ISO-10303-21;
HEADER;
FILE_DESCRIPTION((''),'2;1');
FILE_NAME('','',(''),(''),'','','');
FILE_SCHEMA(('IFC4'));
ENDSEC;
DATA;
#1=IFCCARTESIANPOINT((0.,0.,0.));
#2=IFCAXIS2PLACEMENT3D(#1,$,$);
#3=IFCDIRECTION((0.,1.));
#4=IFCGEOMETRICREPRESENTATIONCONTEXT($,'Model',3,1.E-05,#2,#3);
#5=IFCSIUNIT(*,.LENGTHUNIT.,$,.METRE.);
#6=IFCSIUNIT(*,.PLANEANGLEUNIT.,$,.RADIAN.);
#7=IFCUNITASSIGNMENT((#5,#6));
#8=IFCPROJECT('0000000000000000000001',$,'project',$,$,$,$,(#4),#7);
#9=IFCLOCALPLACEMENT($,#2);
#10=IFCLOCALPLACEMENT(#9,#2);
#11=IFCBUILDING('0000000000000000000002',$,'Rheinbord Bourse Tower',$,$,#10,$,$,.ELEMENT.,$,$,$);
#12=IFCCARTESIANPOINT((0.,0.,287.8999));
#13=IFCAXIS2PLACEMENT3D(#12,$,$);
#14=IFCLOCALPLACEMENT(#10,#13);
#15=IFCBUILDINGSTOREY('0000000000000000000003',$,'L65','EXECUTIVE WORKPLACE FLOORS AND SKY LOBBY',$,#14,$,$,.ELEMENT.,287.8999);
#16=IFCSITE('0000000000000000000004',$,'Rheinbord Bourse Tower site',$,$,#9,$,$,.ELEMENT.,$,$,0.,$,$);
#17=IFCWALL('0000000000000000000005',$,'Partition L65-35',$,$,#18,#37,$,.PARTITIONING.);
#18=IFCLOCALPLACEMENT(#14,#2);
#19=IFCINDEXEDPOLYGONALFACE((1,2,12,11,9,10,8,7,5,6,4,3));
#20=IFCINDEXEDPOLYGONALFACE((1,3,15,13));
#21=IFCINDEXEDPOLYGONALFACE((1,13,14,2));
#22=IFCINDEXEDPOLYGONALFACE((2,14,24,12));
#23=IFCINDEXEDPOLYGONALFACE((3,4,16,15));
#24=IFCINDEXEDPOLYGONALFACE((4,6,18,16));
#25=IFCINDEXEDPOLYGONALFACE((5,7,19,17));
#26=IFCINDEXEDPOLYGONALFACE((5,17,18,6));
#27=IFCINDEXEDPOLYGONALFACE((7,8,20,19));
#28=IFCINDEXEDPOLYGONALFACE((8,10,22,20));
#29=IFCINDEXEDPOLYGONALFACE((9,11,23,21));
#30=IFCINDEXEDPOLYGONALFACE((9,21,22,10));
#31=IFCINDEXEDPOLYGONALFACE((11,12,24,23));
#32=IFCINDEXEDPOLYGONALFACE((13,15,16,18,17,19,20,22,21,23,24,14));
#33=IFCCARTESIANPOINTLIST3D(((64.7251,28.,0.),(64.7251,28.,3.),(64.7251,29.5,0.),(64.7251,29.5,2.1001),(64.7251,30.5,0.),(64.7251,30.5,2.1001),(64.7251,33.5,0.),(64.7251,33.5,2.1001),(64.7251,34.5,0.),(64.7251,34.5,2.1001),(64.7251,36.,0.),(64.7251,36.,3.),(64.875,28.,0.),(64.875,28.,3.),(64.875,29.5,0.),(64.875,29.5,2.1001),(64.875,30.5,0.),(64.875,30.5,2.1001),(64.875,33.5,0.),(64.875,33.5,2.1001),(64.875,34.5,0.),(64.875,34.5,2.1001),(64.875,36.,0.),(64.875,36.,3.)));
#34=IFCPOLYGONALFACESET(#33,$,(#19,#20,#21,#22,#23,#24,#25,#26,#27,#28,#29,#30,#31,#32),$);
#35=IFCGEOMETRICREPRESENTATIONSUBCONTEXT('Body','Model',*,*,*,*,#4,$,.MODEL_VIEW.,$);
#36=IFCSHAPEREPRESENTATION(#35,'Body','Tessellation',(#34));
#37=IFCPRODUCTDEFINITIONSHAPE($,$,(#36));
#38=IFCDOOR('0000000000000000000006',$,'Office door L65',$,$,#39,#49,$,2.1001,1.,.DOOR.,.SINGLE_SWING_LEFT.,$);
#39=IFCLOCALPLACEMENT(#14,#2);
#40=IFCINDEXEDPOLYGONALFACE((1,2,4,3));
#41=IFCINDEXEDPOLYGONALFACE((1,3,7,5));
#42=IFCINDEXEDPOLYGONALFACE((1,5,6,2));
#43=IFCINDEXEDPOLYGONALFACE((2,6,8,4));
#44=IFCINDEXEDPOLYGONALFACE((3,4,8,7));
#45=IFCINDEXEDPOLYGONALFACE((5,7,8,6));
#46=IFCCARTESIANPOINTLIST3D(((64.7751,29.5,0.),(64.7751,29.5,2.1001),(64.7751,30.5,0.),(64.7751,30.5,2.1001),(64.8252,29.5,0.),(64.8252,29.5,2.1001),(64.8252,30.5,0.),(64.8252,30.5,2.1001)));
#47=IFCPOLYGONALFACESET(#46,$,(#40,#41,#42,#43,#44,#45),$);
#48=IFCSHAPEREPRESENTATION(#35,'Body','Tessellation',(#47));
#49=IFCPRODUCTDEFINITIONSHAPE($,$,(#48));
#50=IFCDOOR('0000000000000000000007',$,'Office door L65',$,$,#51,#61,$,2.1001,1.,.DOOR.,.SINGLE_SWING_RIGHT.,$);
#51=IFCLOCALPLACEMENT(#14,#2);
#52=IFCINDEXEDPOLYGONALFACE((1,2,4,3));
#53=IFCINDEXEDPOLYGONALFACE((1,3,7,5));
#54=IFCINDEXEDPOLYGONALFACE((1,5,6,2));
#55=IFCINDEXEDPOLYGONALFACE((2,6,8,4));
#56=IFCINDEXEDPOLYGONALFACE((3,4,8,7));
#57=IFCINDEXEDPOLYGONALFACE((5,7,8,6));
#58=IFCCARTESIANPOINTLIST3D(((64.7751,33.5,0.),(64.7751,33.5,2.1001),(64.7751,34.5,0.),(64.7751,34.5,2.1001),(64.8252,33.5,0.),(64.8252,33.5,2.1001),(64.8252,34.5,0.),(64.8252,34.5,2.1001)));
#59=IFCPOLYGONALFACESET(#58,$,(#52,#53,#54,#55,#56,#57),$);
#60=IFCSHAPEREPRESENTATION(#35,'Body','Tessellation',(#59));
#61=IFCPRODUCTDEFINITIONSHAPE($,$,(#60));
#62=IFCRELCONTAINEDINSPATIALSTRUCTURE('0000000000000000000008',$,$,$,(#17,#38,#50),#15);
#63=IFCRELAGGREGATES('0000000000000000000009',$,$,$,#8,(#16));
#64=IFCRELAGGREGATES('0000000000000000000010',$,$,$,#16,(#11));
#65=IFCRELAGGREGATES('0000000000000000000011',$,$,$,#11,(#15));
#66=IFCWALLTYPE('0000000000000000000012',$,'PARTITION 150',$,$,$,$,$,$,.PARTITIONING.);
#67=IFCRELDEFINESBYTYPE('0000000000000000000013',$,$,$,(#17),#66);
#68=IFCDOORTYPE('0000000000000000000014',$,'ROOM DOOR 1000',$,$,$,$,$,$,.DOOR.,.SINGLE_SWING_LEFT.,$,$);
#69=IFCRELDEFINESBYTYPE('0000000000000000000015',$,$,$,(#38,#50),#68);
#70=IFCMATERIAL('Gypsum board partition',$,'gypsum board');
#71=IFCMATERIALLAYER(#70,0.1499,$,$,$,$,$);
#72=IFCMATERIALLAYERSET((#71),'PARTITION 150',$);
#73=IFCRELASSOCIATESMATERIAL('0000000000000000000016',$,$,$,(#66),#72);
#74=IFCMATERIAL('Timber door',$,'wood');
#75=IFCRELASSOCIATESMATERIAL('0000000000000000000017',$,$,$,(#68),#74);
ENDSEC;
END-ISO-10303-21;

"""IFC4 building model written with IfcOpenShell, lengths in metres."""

from ifc_helpers import new_model, si_unit, direction, frame, frame_2d, origin, place, context, subcontext, project, spatial, rectangle, extrude, material, layer, layer_set, type_object, element, fill, save


model = new_model("IFC4")

# Units and contexts
model_context = context("Model", 3, precision=1e-05, world=origin(), true_north=direction((0.0, 1.0)))
body_context = subcontext(model_context, "Body", "Model", "MODEL_VIEW")
ifc_project = project(units=[si_unit("LENGTHUNIT", "METRE"), si_unit("PLANEANGLEUNIT", "RADIAN")], contexts=[model_context])

# Site, building, storey
site_placement = place(None, origin())
site = spatial("IfcSite", under=ifc_project, at=site_placement, Name="Rheinbord Bourse Tower site", CompositionType="ELEMENT", RefElevation=0.0)
building_placement = place(site_placement, origin())
building = spatial("IfcBuilding", under=site, at=building_placement, Name="Rheinbord Bourse Tower", CompositionType="ELEMENT")
storey_placement = place(building_placement, frame((0.0, 0.0, 287.8999)))
storey = spatial("IfcBuildingStorey", under=building, at=storey_placement, Name="L65", Description="EXECUTIVE WORKPLACE FLOORS AND SKY LOBBY", CompositionType="ELEMENT", Elevation=287.8999)

# Shared definitions
ifc_material_1 = material(Name="Gypsum board partition", Category="gypsum board")
ifc_layer_1 = layer(ifc_material_1, 0.1499)
ifc_layer_set_1 = layer_set([ifc_layer_1], Name="PARTITION 150")
wall_type_1 = type_object("IfcWallType", Name="PARTITION 150", PredefinedType="PARTITIONING", material=ifc_layer_set_1)

# Wall, openings, doors
wall_1_placement = place(storey_placement, frame((64.8, 28.0, 0.0), z_axis=(0.0, 0.0, 1.0), x_axis=(0.0, 1.0, 0.0)))
wall_1 = element("IfcWall", 1, at=wall_1_placement, inside=storey, type_object=wall_type_1, Name="Partition L65-35", PredefinedType="PARTITIONING", context=body_context, shape_type="SweptSolid", body=[
    extrude(rectangle(XDim=8.0, YDim=0.1499, at=frame_2d((4.0, 0.0))), origin(), (0.0, 0.0, 1.0), 3.0),
])
opening_1_placement = place(wall_1_placement, frame((1.5, 0.0, 0.0)))
opening_1 = element("IfcOpeningElement", 2, at=opening_1_placement, cuts=wall_1, PredefinedType="OPENING", context=body_context, shape_type="SweptSolid", body=[
    extrude(rectangle(XDim=1.0, YDim=2.1001, at=frame_2d((0.5, 1.05))), frame((0.0, 0.085, 0.0), z_axis=(0.0, -1.0, 0.0), x_axis=(1.0, 0.0, 0.0)), (0.0, 0.0, 1.0), 0.1699),
])
opening_2_placement = place(wall_1_placement, frame((5.5, 0.0, 0.0)))
opening_2 = element("IfcOpeningElement", 3, at=opening_2_placement, cuts=wall_1, PredefinedType="OPENING", context=body_context, shape_type="SweptSolid", body=[
    extrude(rectangle(XDim=1.0, YDim=2.1001, at=frame_2d((0.5, 1.05))), frame((0.0, 0.085, 0.0), z_axis=(0.0, -1.0, 0.0), x_axis=(1.0, 0.0, 0.0)), (0.0, 0.0, 1.0), 0.1699),
])
ifc_material_2 = material(Name="Timber door", Category="wood")
door_type = type_object("IfcDoorType", Name="ROOM DOOR 1000", OperationType="SINGLE_SWING_LEFT", PredefinedType="DOOR", material=ifc_material_2)
door_1_placement = place(opening_1_placement, origin())
door_1 = element("IfcDoor", 4, at=door_1_placement, inside=storey, type_object=door_type, Name="Office door L65", OperationType="SINGLE_SWING_LEFT", OverallHeight=2.1001, OverallWidth=1.0, PredefinedType="DOOR", context=body_context, shape_type="SweptSolid", body=[
    extrude(rectangle(XDim=1.0, YDim=2.1001, at=frame_2d((0.5, 1.05))), frame((0.0, 0.0249, 0.0), z_axis=(0.0, -1.0, 0.0), x_axis=(1.0, 0.0, 0.0)), (0.0, 0.0, 1.0), 0.05),
])
fill(opening_1, door_1)
door_2_placement = place(opening_2_placement, origin())
door_2 = element("IfcDoor", 5, at=door_2_placement, inside=storey, type_object=door_type, Name="Office door L65", OperationType="SINGLE_SWING_RIGHT", OverallHeight=2.1001, OverallWidth=1.0, PredefinedType="DOOR", context=body_context, shape_type="SweptSolid", body=[
    extrude(rectangle(XDim=1.0, YDim=2.1001, at=frame_2d((0.5, 1.05))), frame((0.0, 0.0249, 0.0), z_axis=(0.0, -1.0, 0.0), x_axis=(1.0, 0.0, 0.0)), (0.0, 0.0, 1.0), 0.05),
])
fill(opening_2, door_2)

save(model, "model.ifc")
